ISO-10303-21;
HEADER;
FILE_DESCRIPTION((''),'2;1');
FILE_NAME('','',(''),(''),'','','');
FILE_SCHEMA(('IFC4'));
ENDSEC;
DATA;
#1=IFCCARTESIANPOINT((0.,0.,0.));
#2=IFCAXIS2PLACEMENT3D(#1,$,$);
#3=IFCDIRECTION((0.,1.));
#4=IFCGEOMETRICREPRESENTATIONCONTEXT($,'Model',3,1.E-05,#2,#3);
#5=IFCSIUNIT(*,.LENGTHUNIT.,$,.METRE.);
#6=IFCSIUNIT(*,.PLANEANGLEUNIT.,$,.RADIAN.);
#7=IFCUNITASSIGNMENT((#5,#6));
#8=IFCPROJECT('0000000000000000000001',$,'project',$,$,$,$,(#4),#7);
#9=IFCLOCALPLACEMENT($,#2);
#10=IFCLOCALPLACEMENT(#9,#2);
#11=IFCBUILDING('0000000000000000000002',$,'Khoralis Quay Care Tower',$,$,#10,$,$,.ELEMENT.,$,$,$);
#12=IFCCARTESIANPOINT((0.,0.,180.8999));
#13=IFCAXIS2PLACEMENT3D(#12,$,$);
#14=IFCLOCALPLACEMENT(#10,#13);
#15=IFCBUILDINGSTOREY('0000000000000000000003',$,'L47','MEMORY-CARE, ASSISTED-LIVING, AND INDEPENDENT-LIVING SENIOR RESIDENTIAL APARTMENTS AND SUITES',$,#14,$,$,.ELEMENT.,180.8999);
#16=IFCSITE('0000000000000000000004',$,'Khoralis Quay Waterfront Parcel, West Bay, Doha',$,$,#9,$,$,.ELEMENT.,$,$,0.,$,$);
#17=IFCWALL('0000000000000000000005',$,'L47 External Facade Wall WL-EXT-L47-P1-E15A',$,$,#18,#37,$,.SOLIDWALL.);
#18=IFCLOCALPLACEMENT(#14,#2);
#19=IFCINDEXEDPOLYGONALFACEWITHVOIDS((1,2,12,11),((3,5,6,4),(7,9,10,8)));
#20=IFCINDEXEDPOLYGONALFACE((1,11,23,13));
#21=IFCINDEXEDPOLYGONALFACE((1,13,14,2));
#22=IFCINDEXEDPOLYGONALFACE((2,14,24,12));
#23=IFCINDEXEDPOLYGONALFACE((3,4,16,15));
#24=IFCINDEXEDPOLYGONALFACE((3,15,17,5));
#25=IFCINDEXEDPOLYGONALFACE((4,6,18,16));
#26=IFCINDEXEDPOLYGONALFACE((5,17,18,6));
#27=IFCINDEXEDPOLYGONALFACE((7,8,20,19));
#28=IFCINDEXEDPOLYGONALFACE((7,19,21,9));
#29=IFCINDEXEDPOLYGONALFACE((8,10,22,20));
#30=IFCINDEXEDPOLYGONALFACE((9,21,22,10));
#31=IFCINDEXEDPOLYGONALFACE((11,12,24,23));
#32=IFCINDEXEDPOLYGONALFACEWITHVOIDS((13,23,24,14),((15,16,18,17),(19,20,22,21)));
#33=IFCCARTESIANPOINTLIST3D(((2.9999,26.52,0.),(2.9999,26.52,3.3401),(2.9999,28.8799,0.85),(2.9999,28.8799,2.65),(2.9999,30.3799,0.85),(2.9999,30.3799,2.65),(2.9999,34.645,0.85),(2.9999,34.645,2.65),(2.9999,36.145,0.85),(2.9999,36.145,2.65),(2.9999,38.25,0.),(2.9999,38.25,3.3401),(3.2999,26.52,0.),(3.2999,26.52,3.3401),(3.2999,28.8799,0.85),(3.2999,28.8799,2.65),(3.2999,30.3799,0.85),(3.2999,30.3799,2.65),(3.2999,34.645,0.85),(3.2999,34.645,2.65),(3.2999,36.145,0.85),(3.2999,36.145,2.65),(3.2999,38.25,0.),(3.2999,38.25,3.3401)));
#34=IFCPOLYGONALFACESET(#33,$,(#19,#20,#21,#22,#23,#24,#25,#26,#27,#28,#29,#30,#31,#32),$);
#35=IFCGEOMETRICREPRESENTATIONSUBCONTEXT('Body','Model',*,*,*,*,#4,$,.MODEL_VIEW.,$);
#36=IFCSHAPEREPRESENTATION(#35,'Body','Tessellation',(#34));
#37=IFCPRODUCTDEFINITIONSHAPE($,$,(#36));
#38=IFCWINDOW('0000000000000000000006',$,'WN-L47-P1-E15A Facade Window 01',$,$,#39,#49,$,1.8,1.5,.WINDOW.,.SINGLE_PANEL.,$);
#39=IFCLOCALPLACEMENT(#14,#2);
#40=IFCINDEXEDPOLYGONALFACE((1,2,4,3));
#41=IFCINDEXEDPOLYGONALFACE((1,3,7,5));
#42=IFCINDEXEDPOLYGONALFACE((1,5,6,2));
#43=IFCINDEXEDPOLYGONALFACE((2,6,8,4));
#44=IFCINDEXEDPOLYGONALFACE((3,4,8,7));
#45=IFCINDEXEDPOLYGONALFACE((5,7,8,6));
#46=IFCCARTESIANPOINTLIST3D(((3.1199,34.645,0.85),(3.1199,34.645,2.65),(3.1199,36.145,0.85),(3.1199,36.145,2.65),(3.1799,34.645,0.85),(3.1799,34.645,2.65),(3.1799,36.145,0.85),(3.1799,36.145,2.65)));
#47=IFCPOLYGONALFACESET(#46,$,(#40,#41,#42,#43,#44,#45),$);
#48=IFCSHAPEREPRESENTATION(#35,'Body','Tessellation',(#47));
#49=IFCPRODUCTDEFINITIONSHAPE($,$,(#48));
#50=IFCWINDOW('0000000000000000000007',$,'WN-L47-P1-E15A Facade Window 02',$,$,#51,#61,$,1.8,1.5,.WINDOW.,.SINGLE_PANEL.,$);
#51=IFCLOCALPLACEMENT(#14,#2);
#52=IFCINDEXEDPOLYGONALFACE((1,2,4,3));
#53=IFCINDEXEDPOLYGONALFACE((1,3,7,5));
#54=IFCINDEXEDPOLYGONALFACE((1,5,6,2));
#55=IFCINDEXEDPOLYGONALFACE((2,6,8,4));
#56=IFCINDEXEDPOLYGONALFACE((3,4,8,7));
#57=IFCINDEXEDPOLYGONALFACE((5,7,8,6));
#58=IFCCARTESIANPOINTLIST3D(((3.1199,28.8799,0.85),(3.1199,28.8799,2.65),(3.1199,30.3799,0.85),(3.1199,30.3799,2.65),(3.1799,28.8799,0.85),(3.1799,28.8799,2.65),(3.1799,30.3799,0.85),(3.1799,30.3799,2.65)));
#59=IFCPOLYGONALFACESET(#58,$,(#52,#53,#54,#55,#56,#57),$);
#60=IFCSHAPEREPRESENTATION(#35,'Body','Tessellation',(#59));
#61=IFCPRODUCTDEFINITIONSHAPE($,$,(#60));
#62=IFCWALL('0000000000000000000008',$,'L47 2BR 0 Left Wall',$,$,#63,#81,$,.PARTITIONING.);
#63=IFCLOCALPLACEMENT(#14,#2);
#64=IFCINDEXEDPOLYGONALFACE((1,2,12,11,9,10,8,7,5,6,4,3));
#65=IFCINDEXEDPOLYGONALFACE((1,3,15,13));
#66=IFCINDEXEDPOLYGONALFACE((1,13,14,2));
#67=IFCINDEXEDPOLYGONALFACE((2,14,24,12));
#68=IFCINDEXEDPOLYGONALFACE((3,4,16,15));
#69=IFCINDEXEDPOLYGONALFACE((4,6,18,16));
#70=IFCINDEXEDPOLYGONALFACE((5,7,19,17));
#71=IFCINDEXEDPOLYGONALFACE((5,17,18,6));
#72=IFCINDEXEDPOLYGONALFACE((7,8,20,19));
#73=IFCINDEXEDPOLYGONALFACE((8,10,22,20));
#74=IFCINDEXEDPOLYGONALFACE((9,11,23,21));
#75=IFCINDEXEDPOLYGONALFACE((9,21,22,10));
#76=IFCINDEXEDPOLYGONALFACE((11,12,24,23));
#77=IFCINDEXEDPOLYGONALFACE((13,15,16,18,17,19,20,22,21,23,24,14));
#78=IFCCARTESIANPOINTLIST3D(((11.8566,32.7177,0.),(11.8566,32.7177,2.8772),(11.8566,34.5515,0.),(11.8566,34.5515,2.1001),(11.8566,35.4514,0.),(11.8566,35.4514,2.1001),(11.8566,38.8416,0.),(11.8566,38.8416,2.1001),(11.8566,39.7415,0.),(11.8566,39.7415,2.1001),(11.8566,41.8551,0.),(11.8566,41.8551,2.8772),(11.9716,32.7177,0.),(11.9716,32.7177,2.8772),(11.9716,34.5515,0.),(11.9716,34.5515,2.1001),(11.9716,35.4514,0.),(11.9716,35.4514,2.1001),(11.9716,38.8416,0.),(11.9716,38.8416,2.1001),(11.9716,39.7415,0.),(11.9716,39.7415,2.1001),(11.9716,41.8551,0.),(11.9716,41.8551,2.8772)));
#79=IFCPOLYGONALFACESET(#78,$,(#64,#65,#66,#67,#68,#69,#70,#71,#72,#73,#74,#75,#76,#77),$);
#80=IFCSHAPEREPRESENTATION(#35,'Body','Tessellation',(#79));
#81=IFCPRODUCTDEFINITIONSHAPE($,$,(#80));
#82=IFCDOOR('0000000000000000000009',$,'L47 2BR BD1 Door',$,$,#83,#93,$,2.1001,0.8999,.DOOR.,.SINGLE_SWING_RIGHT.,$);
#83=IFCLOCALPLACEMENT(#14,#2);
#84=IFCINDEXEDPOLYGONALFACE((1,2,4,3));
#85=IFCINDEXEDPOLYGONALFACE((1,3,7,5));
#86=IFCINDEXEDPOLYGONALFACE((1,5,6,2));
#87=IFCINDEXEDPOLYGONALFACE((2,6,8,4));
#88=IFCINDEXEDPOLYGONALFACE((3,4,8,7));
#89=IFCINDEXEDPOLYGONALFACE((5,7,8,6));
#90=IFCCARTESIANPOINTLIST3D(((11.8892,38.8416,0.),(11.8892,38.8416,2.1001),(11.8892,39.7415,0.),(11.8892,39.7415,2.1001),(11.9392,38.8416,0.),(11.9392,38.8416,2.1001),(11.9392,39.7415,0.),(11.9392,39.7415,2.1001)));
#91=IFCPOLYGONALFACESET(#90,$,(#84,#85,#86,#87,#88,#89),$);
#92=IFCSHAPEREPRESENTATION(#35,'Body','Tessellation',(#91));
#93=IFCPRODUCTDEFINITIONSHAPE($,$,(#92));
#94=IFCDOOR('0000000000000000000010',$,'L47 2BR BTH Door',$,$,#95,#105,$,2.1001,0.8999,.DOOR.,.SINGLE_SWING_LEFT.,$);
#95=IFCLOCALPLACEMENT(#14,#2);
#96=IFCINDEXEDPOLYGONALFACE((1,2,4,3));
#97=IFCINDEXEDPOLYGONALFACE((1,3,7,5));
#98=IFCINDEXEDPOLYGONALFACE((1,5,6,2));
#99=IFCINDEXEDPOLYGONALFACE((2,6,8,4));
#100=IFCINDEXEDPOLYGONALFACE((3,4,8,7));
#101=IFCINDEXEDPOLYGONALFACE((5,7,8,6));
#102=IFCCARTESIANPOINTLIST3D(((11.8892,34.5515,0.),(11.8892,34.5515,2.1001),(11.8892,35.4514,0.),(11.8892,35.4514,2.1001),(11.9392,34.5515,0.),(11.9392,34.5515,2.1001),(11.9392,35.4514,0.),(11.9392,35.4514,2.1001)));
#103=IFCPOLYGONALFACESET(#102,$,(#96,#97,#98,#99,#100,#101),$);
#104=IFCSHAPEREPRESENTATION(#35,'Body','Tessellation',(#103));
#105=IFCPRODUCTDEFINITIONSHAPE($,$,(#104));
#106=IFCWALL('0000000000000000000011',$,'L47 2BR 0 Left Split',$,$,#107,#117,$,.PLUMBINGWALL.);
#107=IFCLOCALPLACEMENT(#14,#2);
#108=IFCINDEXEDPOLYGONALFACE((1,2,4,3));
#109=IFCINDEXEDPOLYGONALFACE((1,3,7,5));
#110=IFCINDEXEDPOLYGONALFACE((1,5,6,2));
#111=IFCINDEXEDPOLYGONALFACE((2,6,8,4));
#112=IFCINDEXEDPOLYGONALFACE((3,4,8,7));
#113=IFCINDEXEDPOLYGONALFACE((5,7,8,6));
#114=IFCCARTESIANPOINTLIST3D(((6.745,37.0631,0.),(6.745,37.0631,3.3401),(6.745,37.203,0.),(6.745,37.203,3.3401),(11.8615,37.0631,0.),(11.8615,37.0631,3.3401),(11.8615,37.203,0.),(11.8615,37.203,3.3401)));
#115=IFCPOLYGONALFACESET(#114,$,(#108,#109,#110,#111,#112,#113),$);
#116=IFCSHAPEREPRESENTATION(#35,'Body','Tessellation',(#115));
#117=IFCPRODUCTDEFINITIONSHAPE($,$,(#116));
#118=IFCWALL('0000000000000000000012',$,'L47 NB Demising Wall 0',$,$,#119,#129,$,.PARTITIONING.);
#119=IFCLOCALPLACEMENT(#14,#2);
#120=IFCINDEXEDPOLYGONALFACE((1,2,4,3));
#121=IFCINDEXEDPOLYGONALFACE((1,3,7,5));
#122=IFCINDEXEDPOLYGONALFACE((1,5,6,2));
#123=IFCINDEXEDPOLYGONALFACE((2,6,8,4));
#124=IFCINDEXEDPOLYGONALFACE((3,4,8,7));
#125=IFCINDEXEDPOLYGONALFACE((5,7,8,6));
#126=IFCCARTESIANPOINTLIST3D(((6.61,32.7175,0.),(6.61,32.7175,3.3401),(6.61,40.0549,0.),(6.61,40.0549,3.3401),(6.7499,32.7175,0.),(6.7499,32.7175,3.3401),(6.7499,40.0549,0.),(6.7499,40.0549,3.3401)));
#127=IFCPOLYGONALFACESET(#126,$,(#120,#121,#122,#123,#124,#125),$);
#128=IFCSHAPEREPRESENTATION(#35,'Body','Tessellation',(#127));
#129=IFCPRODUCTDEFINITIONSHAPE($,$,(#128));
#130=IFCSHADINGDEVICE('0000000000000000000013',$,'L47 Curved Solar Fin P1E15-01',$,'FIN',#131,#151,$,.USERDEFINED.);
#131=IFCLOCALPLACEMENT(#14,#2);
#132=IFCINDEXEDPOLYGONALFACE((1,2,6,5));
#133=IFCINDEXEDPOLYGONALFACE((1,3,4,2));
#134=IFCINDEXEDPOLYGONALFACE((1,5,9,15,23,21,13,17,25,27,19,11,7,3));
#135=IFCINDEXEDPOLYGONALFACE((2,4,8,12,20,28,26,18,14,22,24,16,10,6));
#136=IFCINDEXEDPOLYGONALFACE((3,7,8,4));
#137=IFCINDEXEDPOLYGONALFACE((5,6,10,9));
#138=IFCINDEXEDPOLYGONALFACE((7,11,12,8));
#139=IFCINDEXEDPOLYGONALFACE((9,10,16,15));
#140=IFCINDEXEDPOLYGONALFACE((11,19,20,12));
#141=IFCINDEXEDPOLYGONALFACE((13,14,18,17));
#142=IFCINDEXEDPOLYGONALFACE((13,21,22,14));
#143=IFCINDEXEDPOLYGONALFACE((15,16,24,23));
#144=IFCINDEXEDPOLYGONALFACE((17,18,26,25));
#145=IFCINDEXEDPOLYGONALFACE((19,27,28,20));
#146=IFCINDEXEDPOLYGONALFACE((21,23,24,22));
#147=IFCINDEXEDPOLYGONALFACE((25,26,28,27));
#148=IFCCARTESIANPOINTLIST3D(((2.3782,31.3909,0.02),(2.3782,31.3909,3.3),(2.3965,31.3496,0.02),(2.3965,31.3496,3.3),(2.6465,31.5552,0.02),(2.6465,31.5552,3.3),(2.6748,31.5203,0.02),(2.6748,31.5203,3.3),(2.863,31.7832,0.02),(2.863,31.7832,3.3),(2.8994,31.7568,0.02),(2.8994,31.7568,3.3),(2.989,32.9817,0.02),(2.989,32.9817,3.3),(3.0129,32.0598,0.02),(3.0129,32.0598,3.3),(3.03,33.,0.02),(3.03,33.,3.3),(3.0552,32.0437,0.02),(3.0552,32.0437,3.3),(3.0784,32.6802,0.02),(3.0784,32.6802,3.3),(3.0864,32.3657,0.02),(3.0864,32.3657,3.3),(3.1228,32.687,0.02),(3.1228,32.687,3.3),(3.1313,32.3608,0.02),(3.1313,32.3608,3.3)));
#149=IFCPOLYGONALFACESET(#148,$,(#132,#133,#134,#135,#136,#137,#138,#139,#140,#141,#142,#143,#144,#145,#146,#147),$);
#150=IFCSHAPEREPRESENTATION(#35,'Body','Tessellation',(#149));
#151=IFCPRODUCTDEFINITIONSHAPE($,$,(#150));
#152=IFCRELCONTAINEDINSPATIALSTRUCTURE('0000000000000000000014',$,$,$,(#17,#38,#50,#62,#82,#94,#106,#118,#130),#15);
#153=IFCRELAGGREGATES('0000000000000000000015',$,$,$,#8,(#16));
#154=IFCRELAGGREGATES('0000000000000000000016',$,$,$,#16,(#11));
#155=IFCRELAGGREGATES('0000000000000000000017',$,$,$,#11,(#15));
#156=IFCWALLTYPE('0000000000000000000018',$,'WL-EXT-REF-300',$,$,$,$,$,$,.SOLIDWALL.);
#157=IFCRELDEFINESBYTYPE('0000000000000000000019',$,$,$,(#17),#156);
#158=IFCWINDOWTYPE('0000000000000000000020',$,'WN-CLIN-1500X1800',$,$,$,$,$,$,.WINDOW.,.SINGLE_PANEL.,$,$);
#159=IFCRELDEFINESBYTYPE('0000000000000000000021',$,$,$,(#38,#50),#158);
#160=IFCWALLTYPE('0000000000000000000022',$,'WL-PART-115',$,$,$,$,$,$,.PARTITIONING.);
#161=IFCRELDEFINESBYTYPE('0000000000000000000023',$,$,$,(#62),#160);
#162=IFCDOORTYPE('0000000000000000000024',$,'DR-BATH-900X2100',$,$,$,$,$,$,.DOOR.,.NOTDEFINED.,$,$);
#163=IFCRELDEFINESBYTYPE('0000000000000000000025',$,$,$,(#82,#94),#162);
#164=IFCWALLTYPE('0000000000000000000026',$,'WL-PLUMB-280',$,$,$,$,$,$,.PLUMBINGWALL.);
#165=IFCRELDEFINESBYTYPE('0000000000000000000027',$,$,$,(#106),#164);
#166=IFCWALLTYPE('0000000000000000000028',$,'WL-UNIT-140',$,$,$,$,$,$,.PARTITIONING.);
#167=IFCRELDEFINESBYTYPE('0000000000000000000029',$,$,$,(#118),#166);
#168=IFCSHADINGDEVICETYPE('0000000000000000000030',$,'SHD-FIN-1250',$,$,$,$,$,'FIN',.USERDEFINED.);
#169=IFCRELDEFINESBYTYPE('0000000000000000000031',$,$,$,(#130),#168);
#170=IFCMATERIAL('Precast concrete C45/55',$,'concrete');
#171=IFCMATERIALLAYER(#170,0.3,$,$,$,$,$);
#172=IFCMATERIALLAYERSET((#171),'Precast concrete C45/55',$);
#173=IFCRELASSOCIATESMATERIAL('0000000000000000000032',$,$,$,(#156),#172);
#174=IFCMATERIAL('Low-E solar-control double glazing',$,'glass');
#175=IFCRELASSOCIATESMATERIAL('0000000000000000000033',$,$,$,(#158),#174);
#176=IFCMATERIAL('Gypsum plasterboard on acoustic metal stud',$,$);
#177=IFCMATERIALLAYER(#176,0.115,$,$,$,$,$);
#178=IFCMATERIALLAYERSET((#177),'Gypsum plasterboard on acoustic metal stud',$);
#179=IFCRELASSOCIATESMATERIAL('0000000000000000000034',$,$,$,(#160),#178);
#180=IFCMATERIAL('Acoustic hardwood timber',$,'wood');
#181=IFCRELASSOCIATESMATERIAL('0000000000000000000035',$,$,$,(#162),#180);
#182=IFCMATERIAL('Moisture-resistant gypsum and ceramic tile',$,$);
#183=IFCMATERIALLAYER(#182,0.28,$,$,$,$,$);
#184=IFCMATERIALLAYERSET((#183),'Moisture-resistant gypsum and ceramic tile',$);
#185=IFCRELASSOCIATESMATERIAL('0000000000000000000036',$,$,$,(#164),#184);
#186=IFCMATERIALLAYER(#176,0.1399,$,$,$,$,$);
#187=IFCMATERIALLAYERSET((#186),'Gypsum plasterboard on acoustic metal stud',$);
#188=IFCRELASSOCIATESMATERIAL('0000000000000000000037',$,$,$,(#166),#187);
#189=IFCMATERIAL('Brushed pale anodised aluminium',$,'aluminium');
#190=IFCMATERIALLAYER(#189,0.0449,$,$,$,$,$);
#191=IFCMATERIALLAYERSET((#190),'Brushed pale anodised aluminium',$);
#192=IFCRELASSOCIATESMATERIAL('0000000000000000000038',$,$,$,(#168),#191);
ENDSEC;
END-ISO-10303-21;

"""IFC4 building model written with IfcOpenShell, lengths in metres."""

from ifc_helpers import new_model, si_unit, direction, frame, frame_2d, origin, place, context, subcontext, project, spatial, polyline, rectangle, outline, extrude, source, transform, mapped, material, layer, layer_set, type_object, element, fill, save


model = new_model("IFC4")

# Units and contexts
model_context = context("Model", 3, precision=1e-05, world=origin(), true_north=direction((0.0, 1.0)))
body_context = subcontext(model_context, "Body", "Model", "MODEL_VIEW")
ifc_project = project(units=[si_unit("LENGTHUNIT", "METRE"), si_unit("PLANEANGLEUNIT", "RADIAN")], contexts=[model_context])

# Site, building, storey
site_placement = place(None, origin())
site = spatial("IfcSite", under=ifc_project, at=site_placement, Name="Khoralis Quay Waterfront Parcel, West Bay, Doha", CompositionType="ELEMENT", RefElevation=0.0)
building_placement = place(site_placement, origin())
building = spatial("IfcBuilding", under=site, at=building_placement, Name="Khoralis Quay Care Tower", CompositionType="ELEMENT")
storey_placement = place(building_placement, frame((0.0, 0.0, 180.8999)))
storey = spatial("IfcBuildingStorey", under=building, at=storey_placement, Name="L47", Description="MEMORY-CARE, ASSISTED-LIVING, AND INDEPENDENT-LIVING SENIOR RESIDENTIAL APARTMENTS AND SUITES", CompositionType="ELEMENT", Elevation=180.8999)

# Shared definitions
ifc_material_1 = material(Name="Gypsum plasterboard on acoustic metal stud")

# Shared definitions
ifc_material_2 = material(Name="Acoustic hardwood timber", Category="wood")

# Shared definitions
ifc_material_3 = material(Name="Precast concrete C45/55", Category="concrete")
ifc_layer_1 = layer(ifc_material_3, 0.3)
ifc_layer_set_1 = layer_set([ifc_layer_1], Name="Precast concrete C45/55")
wall_type_1 = type_object("IfcWallType", Name="WL-EXT-REF-300", PredefinedType="SOLIDWALL", material=ifc_layer_set_1)

# Wall, openings, windows
wall_1_placement = place(storey_placement, frame((3.1499, 38.25, 0.0), z_axis=(0.0, 0.0, 1.0), x_axis=(0.0, -1.0, 0.0)))
wall_1 = element("IfcWall", 1, at=wall_1_placement, inside=storey, type_object=wall_type_1, Name="L47 External Facade Wall WL-EXT-L47-P1-E15A", PredefinedType="SOLIDWALL", context=body_context, shape_type="SweptSolid", body=[
    extrude(rectangle(XDim=11.73, YDim=0.3, at=frame_2d((5.865, 0.0))), origin(), (0.0, 0.0, 1.0), 3.3401),
])
opening_1_placement = place(wall_1_placement, frame((2.105, 0.0, 0.8501)))
opening_1 = element("IfcOpeningElement", 2, at=opening_1_placement, cuts=wall_1, PredefinedType="OPENING", context=body_context, shape_type="SweptSolid", body=[
    extrude(rectangle(XDim=1.5, YDim=1.8, at=frame_2d((0.75, 0.8999))), frame((0.0, 0.1602, 0.0), z_axis=(0.0, -1.0, 0.0), x_axis=(1.0, 0.0, 0.0)), (0.0, 0.0, 1.0), 0.3201),
])
opening_2_placement = place(wall_1_placement, frame((7.8701, 0.0, 0.8501)))
opening_2 = element("IfcOpeningElement", 3, at=opening_2_placement, cuts=wall_1, PredefinedType="OPENING", context=body_context, shape_type="SweptSolid", body=[
    extrude(rectangle(XDim=1.5, YDim=1.8, at=frame_2d((0.75, 0.8999))), frame((0.0, 0.1602, 0.0), z_axis=(0.0, -1.0, 0.0), x_axis=(1.0, 0.0, 0.0)), (0.0, 0.0, 1.0), 0.3201),
])
ifc_material_4 = material(Name="Low-E solar-control double glazing", Category="glass")
window_type = type_object("IfcWindowType", Name="WN-CLIN-1500X1800", PartitioningType="SINGLE_PANEL", PredefinedType="WINDOW", material=ifc_material_4)
shared_shape_1 = source(origin(), body_context, "Body", "SweptSolid", [
    extrude(rectangle(XDim=1.5, YDim=1.8, at=frame_2d((0.75, 0.8999))), frame((0.0, 0.03, 0.0), z_axis=(0.0, -1.0, 0.0), x_axis=(1.0, 0.0, 0.0)), (0.0, 0.0, 1.0), 0.0601),
])
window_1_placement = place(opening_1_placement, origin())
window_1 = element("IfcWindow", 4, at=window_1_placement, inside=storey, type_object=window_type, Name="WN-L47-P1-E15A Facade Window 01", OverallHeight=1.8, OverallWidth=1.5, PartitioningType="SINGLE_PANEL", PredefinedType="WINDOW", context=body_context, shape_type="MappedRepresentation", body=[
    mapped(shared_shape_1, transform((0.0, 0.0, 0.0), scale=1.0)),
])
fill(opening_1, window_1)
window_2_placement = place(opening_2_placement, origin())
window_2 = element("IfcWindow", 5, at=window_2_placement, inside=storey, type_object=window_type, Name="WN-L47-P1-E15A Facade Window 02", OverallHeight=1.8, OverallWidth=1.5, PartitioningType="SINGLE_PANEL", PredefinedType="WINDOW", context=body_context, shape_type="MappedRepresentation", body=[
    mapped(shared_shape_1, transform((0.0, 0.0, 0.0), scale=1.0)),
])
fill(opening_2, window_2)

# Wall, openings, doors
ifc_layer_2 = layer(ifc_material_1, 0.115)
ifc_layer_set_2 = layer_set([ifc_layer_2], Name="Gypsum plasterboard on acoustic metal stud")
wall_type_2 = type_object("IfcWallType", Name="WL-PART-115", PredefinedType="PARTITIONING", material=ifc_layer_set_2)
wall_2_placement = place(storey_placement, frame((11.9141, 32.7175, 0.0), z_axis=(0.0, 0.0, 1.0), x_axis=(0.0, 1.0, 0.0)))
wall_2 = element("IfcWall", 6, at=wall_2_placement, inside=storey, type_object=wall_type_2, Name="L47 2BR 0 Left Wall", PredefinedType="PARTITIONING", context=body_context, shape_type="SweptSolid", body=[
    extrude(rectangle(XDim=9.1375, YDim=0.115, at=frame_2d((4.5688, 0.0))), origin(), (0.0, 0.0, 1.0), 2.8772),
])
opening_3_placement = place(wall_2_placement, frame((6.124, 0.0, 0.0)))
opening_3 = element("IfcOpeningElement", 7, at=opening_3_placement, cuts=wall_2, PredefinedType="OPENING", context=body_context, shape_type="SweptSolid", body=[
    extrude(rectangle(XDim=0.8999, YDim=2.1001, at=frame_2d((0.45, 1.05))), frame((0.0, 0.0674, 0.0), z_axis=(0.0, -1.0, 0.0), x_axis=(1.0, 0.0, 0.0)), (0.0, 0.0, 1.0), 0.135),
])
opening_4_placement = place(wall_2_placement, frame((1.834, 0.0, 0.0)))
opening_4 = element("IfcOpeningElement", 8, at=opening_4_placement, cuts=wall_2, PredefinedType="OPENING", context=body_context, shape_type="SweptSolid", body=[
    extrude(rectangle(XDim=0.8999, YDim=2.1001, at=frame_2d((0.45, 1.05))), frame((0.0, 0.0674, 0.0), z_axis=(0.0, -1.0, 0.0), x_axis=(1.0, 0.0, 0.0)), (0.0, 0.0, 1.0), 0.135),
])
door_type_1 = type_object("IfcDoorType", Name="DR-BATH-900X2100", OperationType="NOTDEFINED", PredefinedType="DOOR", material=ifc_material_2)
shared_shape_2 = source(origin(), body_context, "Body", "SweptSolid", [
    extrude(rectangle(XDim=0.8999, YDim=2.1001, at=frame_2d((0.45, 1.05))), frame((0.0, 0.0249, 0.0), z_axis=(0.0, -1.0, 0.0), x_axis=(1.0, 0.0, 0.0)), (0.0, 0.0, 1.0), 0.05),
])
door_1_placement = place(opening_3_placement, origin())
door_1 = element("IfcDoor", 9, at=door_1_placement, inside=storey, type_object=door_type_1, Name="L47 2BR BD1 Door", OperationType="SINGLE_SWING_RIGHT", OverallHeight=2.1001, OverallWidth=0.8999, PredefinedType="DOOR", context=body_context, shape_type="MappedRepresentation", body=[
    mapped(shared_shape_2, transform((0.0, 0.0, 0.0), scale=1.0)),
])
fill(opening_3, door_1)
door_2_placement = place(opening_4_placement, origin())
door_2 = element("IfcDoor", 10, at=door_2_placement, inside=storey, type_object=door_type_1, Name="L47 2BR BTH Door", OperationType="SINGLE_SWING_LEFT", OverallHeight=2.1001, OverallWidth=0.8999, PredefinedType="DOOR", context=body_context, shape_type="MappedRepresentation", body=[
    mapped(shared_shape_2, transform((0.0, 0.0, 0.0), scale=1.0)),
])
fill(opening_4, door_2)

# Walls
ifc_material_5 = material(Name="Moisture-resistant gypsum and ceramic tile")
ifc_layer_3 = layer(ifc_material_5, 0.28)
ifc_layer_set_3 = layer_set([ifc_layer_3], Name="Moisture-resistant gypsum and ceramic tile")
wall_type_3 = type_object("IfcWallType", Name="WL-PLUMB-280", PredefinedType="PLUMBINGWALL", material=ifc_layer_set_3)
wall_3_placement = place(storey_placement, frame((6.7451, 37.1331, 0.0), z_axis=(0.0, 0.0, 1.0), x_axis=(1.0, 0.0, 0.0)))
element("IfcWall", 11, at=wall_3_placement, inside=storey, type_object=wall_type_3, Name="L47 2BR 0 Left Split", PredefinedType="PLUMBINGWALL", context=body_context, shape_type="SweptSolid", body=[
    extrude(rectangle(XDim=5.1165, YDim=0.1399, at=frame_2d((2.5581, 0.0))), origin(), (0.0, 0.0, 1.0), 3.3401),
])
ifc_layer_4 = layer(ifc_material_1, 0.1399)
ifc_layer_set_4 = layer_set([ifc_layer_4], Name="Gypsum plasterboard on acoustic metal stud")
wall_type_4 = type_object("IfcWallType", Name="WL-UNIT-140", PredefinedType="PARTITIONING", material=ifc_layer_set_4)
wall_4_placement = place(storey_placement, frame((6.6799, 32.7175, 0.0), z_axis=(0.0, 0.0, 1.0), x_axis=(0.0, 1.0, 0.0)))
element("IfcWall", 12, at=wall_4_placement, inside=storey, type_object=wall_type_4, Name="L47 NB Demising Wall 0", PredefinedType="PARTITIONING", context=body_context, shape_type="SweptSolid", body=[
    extrude(rectangle(XDim=7.3374, YDim=0.1399, at=frame_2d((3.6687, 0.0))), origin(), (0.0, 0.0, 1.0), 3.3401),
])

# Shading device
ifc_material_6 = material(Name="Brushed pale anodised aluminium", Category="aluminium")
ifc_layer_5 = layer(ifc_material_6, 0.0449)
ifc_layer_set_5 = layer_set([ifc_layer_5], Name="Brushed pale anodised aluminium")
shading_device_type = type_object("IfcShadingDeviceType", Name="SHD-FIN-1250", ElementType="FIN", PredefinedType="USERDEFINED", material=ifc_layer_set_5)
shared_shape_3 = source(origin(), body_context, "Body", "SweptSolid", [
    extrude(outline(polyline([(0.0, 0.0), (-0.0928, 0.313), (-0.1013, 0.6392), (-0.0251, 0.9563), (0.1306, 1.2432), (0.3552, 1.4797), (0.6335, 1.6504), (0.6519, 1.6091), (0.3835, 1.4448), (0.167, 1.2168), (0.0171, 0.9402), (-0.0564, 0.6343), (-0.0483, 0.3198), (0.041, 0.0183), (0.0, 0.0)])), origin(), (0.0, 0.0, 1.0), 3.28),
])
shading_device_placement = place(storey_placement, frame((3.03, 33.0, 0.02), z_axis=(0.0, 0.0, 1.0), x_axis=(-1.0, 0.0, 0.0)))
element("IfcShadingDevice", 13, at=shading_device_placement, inside=storey, type_object=shading_device_type, Name="L47 Curved Solar Fin P1E15-01", ObjectType="FIN", PredefinedType="USERDEFINED", context=body_context, shape_type="MappedRepresentation", body=[
    mapped(shared_shape_3, transform((0.0, 0.0, 0.0), scale=1.0)),
])

save(model, "model.ifc")
